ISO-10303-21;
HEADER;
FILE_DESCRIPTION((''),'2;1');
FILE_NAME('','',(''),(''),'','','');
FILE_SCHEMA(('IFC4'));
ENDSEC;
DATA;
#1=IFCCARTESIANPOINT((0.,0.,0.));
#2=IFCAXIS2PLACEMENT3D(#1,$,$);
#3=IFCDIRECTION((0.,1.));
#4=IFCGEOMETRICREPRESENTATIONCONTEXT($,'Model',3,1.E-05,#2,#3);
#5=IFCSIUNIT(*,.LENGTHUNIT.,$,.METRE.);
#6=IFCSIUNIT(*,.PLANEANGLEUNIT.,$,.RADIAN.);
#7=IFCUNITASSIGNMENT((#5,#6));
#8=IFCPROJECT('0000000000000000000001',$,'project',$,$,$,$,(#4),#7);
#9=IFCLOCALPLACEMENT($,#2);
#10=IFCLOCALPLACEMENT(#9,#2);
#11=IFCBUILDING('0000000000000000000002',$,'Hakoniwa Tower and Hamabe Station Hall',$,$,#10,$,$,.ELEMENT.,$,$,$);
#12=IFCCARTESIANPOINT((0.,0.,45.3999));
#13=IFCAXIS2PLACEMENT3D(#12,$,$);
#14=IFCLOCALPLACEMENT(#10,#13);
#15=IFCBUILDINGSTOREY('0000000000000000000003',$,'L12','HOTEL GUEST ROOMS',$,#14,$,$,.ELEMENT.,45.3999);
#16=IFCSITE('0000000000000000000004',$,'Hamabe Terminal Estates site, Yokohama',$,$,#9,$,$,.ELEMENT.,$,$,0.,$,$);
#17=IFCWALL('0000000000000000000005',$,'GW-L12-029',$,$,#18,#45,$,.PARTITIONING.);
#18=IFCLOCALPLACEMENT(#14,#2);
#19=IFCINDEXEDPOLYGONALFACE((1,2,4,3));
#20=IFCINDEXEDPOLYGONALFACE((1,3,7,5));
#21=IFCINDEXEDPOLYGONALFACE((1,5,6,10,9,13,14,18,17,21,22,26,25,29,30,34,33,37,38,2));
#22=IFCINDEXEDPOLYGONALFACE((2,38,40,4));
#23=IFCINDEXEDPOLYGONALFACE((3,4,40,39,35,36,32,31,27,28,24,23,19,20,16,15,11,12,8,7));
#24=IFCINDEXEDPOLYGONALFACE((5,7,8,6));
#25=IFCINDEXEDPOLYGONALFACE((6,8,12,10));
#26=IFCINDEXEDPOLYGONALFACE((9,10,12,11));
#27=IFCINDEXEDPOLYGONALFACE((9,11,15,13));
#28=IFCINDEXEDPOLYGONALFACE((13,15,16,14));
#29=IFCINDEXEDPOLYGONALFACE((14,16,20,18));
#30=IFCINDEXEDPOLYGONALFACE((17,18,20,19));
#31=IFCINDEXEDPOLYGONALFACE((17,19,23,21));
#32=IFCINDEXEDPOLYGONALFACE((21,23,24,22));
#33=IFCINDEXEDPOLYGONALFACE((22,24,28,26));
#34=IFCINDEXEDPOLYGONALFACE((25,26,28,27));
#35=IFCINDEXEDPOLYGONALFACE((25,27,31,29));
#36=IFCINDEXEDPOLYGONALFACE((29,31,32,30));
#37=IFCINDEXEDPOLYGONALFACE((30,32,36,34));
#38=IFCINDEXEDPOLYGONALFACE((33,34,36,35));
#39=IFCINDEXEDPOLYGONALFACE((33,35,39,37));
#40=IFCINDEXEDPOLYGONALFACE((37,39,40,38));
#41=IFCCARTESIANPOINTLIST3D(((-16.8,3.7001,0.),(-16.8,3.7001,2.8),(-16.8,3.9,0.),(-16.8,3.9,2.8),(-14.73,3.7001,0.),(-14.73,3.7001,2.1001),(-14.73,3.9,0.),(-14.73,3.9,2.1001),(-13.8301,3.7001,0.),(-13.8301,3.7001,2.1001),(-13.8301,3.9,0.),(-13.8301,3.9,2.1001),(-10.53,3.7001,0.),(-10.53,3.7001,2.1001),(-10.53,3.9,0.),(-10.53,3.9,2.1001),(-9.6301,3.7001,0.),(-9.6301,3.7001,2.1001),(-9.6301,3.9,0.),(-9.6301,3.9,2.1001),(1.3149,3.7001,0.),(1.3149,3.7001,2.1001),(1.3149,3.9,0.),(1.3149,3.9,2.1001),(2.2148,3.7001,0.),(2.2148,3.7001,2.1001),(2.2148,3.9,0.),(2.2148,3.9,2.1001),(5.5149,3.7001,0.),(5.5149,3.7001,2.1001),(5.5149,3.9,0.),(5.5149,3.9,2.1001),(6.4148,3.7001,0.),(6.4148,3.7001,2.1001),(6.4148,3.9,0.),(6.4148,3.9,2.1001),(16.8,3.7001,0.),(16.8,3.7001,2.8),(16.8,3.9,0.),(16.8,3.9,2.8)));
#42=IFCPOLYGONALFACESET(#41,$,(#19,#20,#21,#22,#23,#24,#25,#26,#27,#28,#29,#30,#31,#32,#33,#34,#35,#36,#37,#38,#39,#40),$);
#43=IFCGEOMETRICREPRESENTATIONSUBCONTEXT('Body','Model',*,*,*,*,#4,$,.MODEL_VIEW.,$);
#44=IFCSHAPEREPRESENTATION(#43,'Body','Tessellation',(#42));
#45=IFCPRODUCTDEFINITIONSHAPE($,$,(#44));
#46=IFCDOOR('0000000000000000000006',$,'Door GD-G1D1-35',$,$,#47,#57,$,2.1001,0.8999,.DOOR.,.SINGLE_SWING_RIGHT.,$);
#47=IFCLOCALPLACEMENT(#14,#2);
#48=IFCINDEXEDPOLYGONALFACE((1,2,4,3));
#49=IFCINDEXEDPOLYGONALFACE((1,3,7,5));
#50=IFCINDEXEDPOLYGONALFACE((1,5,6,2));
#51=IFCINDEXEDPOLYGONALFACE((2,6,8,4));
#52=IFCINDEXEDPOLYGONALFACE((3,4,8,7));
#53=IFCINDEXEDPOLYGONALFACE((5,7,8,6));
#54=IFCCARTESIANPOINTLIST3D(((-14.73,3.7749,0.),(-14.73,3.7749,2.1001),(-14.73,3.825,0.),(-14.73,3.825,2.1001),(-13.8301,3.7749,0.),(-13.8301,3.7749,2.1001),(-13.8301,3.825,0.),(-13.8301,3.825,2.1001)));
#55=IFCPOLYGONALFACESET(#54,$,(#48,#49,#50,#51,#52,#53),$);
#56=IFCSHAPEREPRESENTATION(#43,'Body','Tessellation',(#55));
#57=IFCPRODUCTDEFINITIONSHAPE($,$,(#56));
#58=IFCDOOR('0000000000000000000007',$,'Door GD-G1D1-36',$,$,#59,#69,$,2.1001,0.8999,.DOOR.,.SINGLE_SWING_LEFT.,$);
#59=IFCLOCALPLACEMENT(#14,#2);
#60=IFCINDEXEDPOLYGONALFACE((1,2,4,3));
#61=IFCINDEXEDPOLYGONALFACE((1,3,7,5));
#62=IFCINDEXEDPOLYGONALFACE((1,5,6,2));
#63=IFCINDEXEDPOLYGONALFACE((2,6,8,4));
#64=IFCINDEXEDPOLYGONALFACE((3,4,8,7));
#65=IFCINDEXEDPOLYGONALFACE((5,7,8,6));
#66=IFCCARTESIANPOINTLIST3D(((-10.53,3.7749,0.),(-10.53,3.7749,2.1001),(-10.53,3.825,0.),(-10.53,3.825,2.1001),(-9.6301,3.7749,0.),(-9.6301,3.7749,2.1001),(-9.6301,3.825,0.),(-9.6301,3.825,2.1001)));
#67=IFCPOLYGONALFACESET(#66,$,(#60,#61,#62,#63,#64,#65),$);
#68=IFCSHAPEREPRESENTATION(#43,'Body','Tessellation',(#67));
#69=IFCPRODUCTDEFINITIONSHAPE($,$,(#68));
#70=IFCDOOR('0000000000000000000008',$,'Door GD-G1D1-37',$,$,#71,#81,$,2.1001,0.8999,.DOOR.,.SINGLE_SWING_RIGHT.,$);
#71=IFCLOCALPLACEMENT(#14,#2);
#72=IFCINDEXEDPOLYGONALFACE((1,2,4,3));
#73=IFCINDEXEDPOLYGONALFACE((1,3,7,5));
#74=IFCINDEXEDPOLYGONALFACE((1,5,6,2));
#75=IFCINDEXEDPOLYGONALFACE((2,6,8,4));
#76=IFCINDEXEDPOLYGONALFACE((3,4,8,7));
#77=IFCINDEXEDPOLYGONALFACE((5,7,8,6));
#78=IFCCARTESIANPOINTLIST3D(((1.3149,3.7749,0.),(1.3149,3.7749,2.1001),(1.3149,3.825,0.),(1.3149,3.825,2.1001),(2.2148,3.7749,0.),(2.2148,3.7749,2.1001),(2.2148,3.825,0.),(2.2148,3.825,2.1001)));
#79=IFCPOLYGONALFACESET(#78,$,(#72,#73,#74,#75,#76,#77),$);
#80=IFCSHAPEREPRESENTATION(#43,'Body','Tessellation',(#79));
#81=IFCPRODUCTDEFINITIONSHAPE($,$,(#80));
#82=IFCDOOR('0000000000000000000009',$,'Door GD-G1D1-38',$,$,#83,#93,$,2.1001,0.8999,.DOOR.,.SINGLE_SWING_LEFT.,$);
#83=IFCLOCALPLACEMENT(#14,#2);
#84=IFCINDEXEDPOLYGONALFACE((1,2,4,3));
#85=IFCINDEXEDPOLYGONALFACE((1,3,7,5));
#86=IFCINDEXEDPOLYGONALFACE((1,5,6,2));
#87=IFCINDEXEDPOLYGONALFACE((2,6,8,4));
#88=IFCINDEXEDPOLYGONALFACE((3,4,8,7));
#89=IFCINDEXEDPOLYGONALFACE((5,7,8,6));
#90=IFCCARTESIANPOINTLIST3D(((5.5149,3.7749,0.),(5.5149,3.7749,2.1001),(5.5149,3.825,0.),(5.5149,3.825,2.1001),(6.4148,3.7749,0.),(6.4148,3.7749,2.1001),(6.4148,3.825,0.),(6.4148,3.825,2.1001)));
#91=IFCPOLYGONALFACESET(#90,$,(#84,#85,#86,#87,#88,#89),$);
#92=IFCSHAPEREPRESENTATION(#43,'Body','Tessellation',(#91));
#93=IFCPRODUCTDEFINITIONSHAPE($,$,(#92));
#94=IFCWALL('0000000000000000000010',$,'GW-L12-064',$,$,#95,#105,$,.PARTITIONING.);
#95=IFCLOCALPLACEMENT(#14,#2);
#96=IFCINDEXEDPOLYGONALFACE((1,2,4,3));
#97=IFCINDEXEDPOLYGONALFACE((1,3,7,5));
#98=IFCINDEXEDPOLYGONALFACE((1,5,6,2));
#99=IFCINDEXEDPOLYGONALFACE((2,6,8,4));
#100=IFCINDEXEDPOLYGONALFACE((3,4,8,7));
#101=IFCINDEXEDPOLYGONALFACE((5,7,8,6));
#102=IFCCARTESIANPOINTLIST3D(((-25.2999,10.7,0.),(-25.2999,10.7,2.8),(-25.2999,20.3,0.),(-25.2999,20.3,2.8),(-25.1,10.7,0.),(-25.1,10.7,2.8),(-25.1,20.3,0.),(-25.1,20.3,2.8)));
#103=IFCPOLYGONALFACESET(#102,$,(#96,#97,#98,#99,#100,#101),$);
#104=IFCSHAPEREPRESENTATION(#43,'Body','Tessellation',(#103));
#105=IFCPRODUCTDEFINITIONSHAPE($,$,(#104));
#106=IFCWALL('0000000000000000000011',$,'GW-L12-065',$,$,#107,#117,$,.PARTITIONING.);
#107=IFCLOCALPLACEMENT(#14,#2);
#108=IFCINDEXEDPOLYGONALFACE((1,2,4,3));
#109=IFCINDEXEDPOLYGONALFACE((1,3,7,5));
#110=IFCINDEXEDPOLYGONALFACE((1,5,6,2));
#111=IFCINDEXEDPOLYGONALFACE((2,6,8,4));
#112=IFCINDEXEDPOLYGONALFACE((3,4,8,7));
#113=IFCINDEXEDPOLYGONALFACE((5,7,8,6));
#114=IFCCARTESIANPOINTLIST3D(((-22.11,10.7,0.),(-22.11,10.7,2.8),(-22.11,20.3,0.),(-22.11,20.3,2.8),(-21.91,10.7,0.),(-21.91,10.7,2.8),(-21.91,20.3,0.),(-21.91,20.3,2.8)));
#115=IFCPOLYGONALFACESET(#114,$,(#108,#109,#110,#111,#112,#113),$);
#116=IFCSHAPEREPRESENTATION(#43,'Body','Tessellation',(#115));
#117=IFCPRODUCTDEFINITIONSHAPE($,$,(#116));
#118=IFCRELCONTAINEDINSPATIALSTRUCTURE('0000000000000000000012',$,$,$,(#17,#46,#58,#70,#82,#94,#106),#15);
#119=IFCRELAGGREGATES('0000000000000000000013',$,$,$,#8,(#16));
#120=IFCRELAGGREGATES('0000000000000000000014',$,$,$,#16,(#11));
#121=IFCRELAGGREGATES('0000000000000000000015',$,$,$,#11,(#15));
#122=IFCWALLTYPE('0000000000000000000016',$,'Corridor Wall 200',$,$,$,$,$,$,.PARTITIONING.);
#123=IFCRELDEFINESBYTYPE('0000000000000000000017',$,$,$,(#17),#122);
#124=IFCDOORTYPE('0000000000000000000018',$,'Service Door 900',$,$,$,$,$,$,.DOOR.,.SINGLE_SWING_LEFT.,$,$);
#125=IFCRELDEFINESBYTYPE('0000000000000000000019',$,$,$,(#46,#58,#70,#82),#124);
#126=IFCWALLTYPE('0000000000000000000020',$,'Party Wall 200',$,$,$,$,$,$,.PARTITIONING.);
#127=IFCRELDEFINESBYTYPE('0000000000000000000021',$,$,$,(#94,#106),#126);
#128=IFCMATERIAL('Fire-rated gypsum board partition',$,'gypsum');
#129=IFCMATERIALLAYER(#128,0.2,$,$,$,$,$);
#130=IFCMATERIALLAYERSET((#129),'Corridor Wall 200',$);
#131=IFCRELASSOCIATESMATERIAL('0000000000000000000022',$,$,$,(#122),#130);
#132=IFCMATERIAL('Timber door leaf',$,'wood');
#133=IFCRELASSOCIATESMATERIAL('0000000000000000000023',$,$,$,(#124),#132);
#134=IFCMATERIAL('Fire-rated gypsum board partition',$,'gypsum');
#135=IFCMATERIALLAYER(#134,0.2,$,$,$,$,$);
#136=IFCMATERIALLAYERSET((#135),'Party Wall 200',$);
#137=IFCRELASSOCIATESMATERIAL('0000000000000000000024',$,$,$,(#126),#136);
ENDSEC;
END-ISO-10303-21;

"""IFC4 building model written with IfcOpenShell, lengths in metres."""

from ifc_helpers import new_model, si_unit, direction, frame, frame_2d, origin, place, context, subcontext, project, spatial, rectangle, extrude, material, layer, layer_set, type_object, element, fill, save


model = new_model("IFC4")

# Units and contexts
model_context = context("Model", 3, precision=1e-05, world=origin(), true_north=direction((0.0, 1.0)))
body_context = subcontext(model_context, "Body", "Model", "MODEL_VIEW")
ifc_project = project(units=[si_unit("LENGTHUNIT", "METRE"), si_unit("PLANEANGLEUNIT", "RADIAN")], contexts=[model_context])

# Site, building, storey
site_placement = place(None, origin())
site = spatial("IfcSite", under=ifc_project, at=site_placement, Name="Hamabe Terminal Estates site, Yokohama", CompositionType="ELEMENT", RefElevation=0.0)
building_placement = place(site_placement, origin())
building = spatial("IfcBuilding", under=site, at=building_placement, Name="Hakoniwa Tower and Hamabe Station Hall", CompositionType="ELEMENT")
storey_placement = place(building_placement, frame((0.0, 0.0, 45.3999)))
storey = spatial("IfcBuildingStorey", under=building, at=storey_placement, Name="L12", Description="HOTEL GUEST ROOMS", CompositionType="ELEMENT", Elevation=45.3999)

# Wall, openings, doors
ifc_material_1 = material(Name="Fire-rated gypsum board partition", Category="gypsum")
ifc_layer_1 = layer(ifc_material_1, 0.2)
ifc_layer_set_1 = layer_set([ifc_layer_1], Name="Corridor Wall 200")
wall_type_1 = type_object("IfcWallType", Name="Corridor Wall 200", PredefinedType="PARTITIONING", material=ifc_layer_set_1)
wall_1_placement = place(storey_placement, frame((-16.8, 3.8, 0.0), z_axis=(0.0, 0.0, 1.0), x_axis=(1.0, 0.0, 0.0)))
wall_1 = element("IfcWall", 1, at=wall_1_placement, inside=storey, type_object=wall_type_1, Name="GW-L12-029", PredefinedType="PARTITIONING", context=body_context, shape_type="SweptSolid", body=[
    extrude(rectangle(XDim=33.6001, YDim=0.2, at=frame_2d((16.8, 0.0))), origin(), (0.0, 0.0, 1.0), 2.8),
])
opening_1_placement = place(wall_1_placement, frame((2.0701, 0.0, 0.0)))
opening_1 = element("IfcOpeningElement", 2, at=opening_1_placement, cuts=wall_1, PredefinedType="OPENING", context=body_context, shape_type="SweptSolid", body=[
    extrude(rectangle(XDim=0.8999, YDim=2.1001, at=frame_2d((0.45, 1.05))), frame((0.0, 0.1099, 0.0), z_axis=(0.0, -1.0, 0.0), x_axis=(1.0, 0.0, 0.0)), (0.0, 0.0, 1.0), 0.22),
])
opening_2_placement = place(wall_1_placement, frame((6.27, 0.0, 0.0)))
opening_2 = element("IfcOpeningElement", 3, at=opening_2_placement, cuts=wall_1, PredefinedType="OPENING", context=body_context, shape_type="SweptSolid", body=[
    extrude(rectangle(XDim=0.8999, YDim=2.1001, at=frame_2d((0.45, 1.05))), frame((0.0, 0.1099, 0.0), z_axis=(0.0, -1.0, 0.0), x_axis=(1.0, 0.0, 0.0)), (0.0, 0.0, 1.0), 0.22),
])
opening_3_placement = place(wall_1_placement, frame((18.115, 0.0, 0.0)))
opening_3 = element("IfcOpeningElement", 4, at=opening_3_placement, cuts=wall_1, PredefinedType="OPENING", context=body_context, shape_type="SweptSolid", body=[
    extrude(rectangle(XDim=0.8999, YDim=2.1001, at=frame_2d((0.45, 1.05))), frame((0.0, 0.1099, 0.0), z_axis=(0.0, -1.0, 0.0), x_axis=(1.0, 0.0, 0.0)), (0.0, 0.0, 1.0), 0.22),
])
opening_4_placement = place(wall_1_placement, frame((22.3149, 0.0, 0.0)))
opening_4 = element("IfcOpeningElement", 5, at=opening_4_placement, cuts=wall_1, PredefinedType="OPENING", context=body_context, shape_type="SweptSolid", body=[
    extrude(rectangle(XDim=0.8999, YDim=2.1001, at=frame_2d((0.45, 1.05))), frame((0.0, 0.1099, 0.0), z_axis=(0.0, -1.0, 0.0), x_axis=(1.0, 0.0, 0.0)), (0.0, 0.0, 1.0), 0.22),
])
ifc_material_2 = material(Name="Timber door leaf", Category="wood")
door_type_1 = type_object("IfcDoorType", Name="Service Door 900", OperationType="SINGLE_SWING_LEFT", PredefinedType="DOOR", material=ifc_material_2)
door_1_placement = place(opening_1_placement, origin())
door_1 = element("IfcDoor", 6, at=door_1_placement, inside=storey, type_object=door_type_1, Name="Door GD-G1D1-35", OperationType="SINGLE_SWING_RIGHT", OverallHeight=2.1001, OverallWidth=0.8999, PredefinedType="DOOR", context=body_context, shape_type="SweptSolid", body=[
    extrude(rectangle(XDim=0.8999, YDim=2.1001, at=frame_2d((0.45, 1.05))), frame((0.0, 0.0249, 0.0), z_axis=(0.0, -1.0, 0.0), x_axis=(1.0, 0.0, 0.0)), (0.0, 0.0, 1.0), 0.05),
])
fill(opening_1, door_1)
door_2_placement = place(opening_2_placement, origin())
door_2 = element("IfcDoor", 7, at=door_2_placement, inside=storey, type_object=door_type_1, Name="Door GD-G1D1-36", OperationType="SINGLE_SWING_LEFT", OverallHeight=2.1001, OverallWidth=0.8999, PredefinedType="DOOR", context=body_context, shape_type="SweptSolid", body=[
    extrude(rectangle(XDim=0.8999, YDim=2.1001, at=frame_2d((0.45, 1.05))), frame((0.0, 0.0249, 0.0), z_axis=(0.0, -1.0, 0.0), x_axis=(1.0, 0.0, 0.0)), (0.0, 0.0, 1.0), 0.05),
])
fill(opening_2, door_2)
door_3_placement = place(opening_3_placement, origin())
door_3 = element("IfcDoor", 8, at=door_3_placement, inside=storey, type_object=door_type_1, Name="Door GD-G1D1-37", OperationType="SINGLE_SWING_RIGHT", OverallHeight=2.1001, OverallWidth=0.8999, PredefinedType="DOOR", context=body_context, shape_type="SweptSolid", body=[
    extrude(rectangle(XDim=0.8999, YDim=2.1001, at=frame_2d((0.45, 1.05))), frame((0.0, 0.0249, 0.0), z_axis=(0.0, -1.0, 0.0), x_axis=(1.0, 0.0, 0.0)), (0.0, 0.0, 1.0), 0.05),
])
fill(opening_3, door_3)
door_4_placement = place(opening_4_placement, origin())
door_4 = element("IfcDoor", 9, at=door_4_placement, inside=storey, type_object=door_type_1, Name="Door GD-G1D1-38", OperationType="SINGLE_SWING_LEFT", OverallHeight=2.1001, OverallWidth=0.8999, PredefinedType="DOOR", context=body_context, shape_type="SweptSolid", body=[
    extrude(rectangle(XDim=0.8999, YDim=2.1001, at=frame_2d((0.45, 1.05))), frame((0.0, 0.0249, 0.0), z_axis=(0.0, -1.0, 0.0), x_axis=(1.0, 0.0, 0.0)), (0.0, 0.0, 1.0), 0.05),
])
fill(opening_4, door_4)

# Walls
ifc_material_3 = material(Name="Fire-rated gypsum board partition", Category="gypsum")
ifc_layer_2 = layer(ifc_material_3, 0.2)
ifc_layer_set_2 = layer_set([ifc_layer_2], Name="Party Wall 200")
wall_type_2 = type_object("IfcWallType", Name="Party Wall 200", PredefinedType="PARTITIONING", material=ifc_layer_set_2)
for number, where, z_axis, x_axis, name in (
    (10, (-25.2, 10.7, 0.0), (0.0, 0.0, 1.0), (0.0, 1.0, 0.0), "GW-L12-064"),
    (11, (-22.01, 10.7, 0.0), (0.0, 0.0, 1.0), (0.0, 1.0, 0.0), "GW-L12-065"),
):
    element("IfcWall", number, at=place(storey_placement, frame(where, z_axis=z_axis, x_axis=x_axis)), inside=storey, type_object=wall_type_2, Name=name, PredefinedType="PARTITIONING", context=body_context, shape_type="SweptSolid", body=[
        extrude(rectangle(XDim=9.6001, YDim=0.2, at=frame_2d((4.8, 0.0))), origin(), (0.0, 0.0, 1.0), 2.8),
    ])

save(model, "model.ifc")
